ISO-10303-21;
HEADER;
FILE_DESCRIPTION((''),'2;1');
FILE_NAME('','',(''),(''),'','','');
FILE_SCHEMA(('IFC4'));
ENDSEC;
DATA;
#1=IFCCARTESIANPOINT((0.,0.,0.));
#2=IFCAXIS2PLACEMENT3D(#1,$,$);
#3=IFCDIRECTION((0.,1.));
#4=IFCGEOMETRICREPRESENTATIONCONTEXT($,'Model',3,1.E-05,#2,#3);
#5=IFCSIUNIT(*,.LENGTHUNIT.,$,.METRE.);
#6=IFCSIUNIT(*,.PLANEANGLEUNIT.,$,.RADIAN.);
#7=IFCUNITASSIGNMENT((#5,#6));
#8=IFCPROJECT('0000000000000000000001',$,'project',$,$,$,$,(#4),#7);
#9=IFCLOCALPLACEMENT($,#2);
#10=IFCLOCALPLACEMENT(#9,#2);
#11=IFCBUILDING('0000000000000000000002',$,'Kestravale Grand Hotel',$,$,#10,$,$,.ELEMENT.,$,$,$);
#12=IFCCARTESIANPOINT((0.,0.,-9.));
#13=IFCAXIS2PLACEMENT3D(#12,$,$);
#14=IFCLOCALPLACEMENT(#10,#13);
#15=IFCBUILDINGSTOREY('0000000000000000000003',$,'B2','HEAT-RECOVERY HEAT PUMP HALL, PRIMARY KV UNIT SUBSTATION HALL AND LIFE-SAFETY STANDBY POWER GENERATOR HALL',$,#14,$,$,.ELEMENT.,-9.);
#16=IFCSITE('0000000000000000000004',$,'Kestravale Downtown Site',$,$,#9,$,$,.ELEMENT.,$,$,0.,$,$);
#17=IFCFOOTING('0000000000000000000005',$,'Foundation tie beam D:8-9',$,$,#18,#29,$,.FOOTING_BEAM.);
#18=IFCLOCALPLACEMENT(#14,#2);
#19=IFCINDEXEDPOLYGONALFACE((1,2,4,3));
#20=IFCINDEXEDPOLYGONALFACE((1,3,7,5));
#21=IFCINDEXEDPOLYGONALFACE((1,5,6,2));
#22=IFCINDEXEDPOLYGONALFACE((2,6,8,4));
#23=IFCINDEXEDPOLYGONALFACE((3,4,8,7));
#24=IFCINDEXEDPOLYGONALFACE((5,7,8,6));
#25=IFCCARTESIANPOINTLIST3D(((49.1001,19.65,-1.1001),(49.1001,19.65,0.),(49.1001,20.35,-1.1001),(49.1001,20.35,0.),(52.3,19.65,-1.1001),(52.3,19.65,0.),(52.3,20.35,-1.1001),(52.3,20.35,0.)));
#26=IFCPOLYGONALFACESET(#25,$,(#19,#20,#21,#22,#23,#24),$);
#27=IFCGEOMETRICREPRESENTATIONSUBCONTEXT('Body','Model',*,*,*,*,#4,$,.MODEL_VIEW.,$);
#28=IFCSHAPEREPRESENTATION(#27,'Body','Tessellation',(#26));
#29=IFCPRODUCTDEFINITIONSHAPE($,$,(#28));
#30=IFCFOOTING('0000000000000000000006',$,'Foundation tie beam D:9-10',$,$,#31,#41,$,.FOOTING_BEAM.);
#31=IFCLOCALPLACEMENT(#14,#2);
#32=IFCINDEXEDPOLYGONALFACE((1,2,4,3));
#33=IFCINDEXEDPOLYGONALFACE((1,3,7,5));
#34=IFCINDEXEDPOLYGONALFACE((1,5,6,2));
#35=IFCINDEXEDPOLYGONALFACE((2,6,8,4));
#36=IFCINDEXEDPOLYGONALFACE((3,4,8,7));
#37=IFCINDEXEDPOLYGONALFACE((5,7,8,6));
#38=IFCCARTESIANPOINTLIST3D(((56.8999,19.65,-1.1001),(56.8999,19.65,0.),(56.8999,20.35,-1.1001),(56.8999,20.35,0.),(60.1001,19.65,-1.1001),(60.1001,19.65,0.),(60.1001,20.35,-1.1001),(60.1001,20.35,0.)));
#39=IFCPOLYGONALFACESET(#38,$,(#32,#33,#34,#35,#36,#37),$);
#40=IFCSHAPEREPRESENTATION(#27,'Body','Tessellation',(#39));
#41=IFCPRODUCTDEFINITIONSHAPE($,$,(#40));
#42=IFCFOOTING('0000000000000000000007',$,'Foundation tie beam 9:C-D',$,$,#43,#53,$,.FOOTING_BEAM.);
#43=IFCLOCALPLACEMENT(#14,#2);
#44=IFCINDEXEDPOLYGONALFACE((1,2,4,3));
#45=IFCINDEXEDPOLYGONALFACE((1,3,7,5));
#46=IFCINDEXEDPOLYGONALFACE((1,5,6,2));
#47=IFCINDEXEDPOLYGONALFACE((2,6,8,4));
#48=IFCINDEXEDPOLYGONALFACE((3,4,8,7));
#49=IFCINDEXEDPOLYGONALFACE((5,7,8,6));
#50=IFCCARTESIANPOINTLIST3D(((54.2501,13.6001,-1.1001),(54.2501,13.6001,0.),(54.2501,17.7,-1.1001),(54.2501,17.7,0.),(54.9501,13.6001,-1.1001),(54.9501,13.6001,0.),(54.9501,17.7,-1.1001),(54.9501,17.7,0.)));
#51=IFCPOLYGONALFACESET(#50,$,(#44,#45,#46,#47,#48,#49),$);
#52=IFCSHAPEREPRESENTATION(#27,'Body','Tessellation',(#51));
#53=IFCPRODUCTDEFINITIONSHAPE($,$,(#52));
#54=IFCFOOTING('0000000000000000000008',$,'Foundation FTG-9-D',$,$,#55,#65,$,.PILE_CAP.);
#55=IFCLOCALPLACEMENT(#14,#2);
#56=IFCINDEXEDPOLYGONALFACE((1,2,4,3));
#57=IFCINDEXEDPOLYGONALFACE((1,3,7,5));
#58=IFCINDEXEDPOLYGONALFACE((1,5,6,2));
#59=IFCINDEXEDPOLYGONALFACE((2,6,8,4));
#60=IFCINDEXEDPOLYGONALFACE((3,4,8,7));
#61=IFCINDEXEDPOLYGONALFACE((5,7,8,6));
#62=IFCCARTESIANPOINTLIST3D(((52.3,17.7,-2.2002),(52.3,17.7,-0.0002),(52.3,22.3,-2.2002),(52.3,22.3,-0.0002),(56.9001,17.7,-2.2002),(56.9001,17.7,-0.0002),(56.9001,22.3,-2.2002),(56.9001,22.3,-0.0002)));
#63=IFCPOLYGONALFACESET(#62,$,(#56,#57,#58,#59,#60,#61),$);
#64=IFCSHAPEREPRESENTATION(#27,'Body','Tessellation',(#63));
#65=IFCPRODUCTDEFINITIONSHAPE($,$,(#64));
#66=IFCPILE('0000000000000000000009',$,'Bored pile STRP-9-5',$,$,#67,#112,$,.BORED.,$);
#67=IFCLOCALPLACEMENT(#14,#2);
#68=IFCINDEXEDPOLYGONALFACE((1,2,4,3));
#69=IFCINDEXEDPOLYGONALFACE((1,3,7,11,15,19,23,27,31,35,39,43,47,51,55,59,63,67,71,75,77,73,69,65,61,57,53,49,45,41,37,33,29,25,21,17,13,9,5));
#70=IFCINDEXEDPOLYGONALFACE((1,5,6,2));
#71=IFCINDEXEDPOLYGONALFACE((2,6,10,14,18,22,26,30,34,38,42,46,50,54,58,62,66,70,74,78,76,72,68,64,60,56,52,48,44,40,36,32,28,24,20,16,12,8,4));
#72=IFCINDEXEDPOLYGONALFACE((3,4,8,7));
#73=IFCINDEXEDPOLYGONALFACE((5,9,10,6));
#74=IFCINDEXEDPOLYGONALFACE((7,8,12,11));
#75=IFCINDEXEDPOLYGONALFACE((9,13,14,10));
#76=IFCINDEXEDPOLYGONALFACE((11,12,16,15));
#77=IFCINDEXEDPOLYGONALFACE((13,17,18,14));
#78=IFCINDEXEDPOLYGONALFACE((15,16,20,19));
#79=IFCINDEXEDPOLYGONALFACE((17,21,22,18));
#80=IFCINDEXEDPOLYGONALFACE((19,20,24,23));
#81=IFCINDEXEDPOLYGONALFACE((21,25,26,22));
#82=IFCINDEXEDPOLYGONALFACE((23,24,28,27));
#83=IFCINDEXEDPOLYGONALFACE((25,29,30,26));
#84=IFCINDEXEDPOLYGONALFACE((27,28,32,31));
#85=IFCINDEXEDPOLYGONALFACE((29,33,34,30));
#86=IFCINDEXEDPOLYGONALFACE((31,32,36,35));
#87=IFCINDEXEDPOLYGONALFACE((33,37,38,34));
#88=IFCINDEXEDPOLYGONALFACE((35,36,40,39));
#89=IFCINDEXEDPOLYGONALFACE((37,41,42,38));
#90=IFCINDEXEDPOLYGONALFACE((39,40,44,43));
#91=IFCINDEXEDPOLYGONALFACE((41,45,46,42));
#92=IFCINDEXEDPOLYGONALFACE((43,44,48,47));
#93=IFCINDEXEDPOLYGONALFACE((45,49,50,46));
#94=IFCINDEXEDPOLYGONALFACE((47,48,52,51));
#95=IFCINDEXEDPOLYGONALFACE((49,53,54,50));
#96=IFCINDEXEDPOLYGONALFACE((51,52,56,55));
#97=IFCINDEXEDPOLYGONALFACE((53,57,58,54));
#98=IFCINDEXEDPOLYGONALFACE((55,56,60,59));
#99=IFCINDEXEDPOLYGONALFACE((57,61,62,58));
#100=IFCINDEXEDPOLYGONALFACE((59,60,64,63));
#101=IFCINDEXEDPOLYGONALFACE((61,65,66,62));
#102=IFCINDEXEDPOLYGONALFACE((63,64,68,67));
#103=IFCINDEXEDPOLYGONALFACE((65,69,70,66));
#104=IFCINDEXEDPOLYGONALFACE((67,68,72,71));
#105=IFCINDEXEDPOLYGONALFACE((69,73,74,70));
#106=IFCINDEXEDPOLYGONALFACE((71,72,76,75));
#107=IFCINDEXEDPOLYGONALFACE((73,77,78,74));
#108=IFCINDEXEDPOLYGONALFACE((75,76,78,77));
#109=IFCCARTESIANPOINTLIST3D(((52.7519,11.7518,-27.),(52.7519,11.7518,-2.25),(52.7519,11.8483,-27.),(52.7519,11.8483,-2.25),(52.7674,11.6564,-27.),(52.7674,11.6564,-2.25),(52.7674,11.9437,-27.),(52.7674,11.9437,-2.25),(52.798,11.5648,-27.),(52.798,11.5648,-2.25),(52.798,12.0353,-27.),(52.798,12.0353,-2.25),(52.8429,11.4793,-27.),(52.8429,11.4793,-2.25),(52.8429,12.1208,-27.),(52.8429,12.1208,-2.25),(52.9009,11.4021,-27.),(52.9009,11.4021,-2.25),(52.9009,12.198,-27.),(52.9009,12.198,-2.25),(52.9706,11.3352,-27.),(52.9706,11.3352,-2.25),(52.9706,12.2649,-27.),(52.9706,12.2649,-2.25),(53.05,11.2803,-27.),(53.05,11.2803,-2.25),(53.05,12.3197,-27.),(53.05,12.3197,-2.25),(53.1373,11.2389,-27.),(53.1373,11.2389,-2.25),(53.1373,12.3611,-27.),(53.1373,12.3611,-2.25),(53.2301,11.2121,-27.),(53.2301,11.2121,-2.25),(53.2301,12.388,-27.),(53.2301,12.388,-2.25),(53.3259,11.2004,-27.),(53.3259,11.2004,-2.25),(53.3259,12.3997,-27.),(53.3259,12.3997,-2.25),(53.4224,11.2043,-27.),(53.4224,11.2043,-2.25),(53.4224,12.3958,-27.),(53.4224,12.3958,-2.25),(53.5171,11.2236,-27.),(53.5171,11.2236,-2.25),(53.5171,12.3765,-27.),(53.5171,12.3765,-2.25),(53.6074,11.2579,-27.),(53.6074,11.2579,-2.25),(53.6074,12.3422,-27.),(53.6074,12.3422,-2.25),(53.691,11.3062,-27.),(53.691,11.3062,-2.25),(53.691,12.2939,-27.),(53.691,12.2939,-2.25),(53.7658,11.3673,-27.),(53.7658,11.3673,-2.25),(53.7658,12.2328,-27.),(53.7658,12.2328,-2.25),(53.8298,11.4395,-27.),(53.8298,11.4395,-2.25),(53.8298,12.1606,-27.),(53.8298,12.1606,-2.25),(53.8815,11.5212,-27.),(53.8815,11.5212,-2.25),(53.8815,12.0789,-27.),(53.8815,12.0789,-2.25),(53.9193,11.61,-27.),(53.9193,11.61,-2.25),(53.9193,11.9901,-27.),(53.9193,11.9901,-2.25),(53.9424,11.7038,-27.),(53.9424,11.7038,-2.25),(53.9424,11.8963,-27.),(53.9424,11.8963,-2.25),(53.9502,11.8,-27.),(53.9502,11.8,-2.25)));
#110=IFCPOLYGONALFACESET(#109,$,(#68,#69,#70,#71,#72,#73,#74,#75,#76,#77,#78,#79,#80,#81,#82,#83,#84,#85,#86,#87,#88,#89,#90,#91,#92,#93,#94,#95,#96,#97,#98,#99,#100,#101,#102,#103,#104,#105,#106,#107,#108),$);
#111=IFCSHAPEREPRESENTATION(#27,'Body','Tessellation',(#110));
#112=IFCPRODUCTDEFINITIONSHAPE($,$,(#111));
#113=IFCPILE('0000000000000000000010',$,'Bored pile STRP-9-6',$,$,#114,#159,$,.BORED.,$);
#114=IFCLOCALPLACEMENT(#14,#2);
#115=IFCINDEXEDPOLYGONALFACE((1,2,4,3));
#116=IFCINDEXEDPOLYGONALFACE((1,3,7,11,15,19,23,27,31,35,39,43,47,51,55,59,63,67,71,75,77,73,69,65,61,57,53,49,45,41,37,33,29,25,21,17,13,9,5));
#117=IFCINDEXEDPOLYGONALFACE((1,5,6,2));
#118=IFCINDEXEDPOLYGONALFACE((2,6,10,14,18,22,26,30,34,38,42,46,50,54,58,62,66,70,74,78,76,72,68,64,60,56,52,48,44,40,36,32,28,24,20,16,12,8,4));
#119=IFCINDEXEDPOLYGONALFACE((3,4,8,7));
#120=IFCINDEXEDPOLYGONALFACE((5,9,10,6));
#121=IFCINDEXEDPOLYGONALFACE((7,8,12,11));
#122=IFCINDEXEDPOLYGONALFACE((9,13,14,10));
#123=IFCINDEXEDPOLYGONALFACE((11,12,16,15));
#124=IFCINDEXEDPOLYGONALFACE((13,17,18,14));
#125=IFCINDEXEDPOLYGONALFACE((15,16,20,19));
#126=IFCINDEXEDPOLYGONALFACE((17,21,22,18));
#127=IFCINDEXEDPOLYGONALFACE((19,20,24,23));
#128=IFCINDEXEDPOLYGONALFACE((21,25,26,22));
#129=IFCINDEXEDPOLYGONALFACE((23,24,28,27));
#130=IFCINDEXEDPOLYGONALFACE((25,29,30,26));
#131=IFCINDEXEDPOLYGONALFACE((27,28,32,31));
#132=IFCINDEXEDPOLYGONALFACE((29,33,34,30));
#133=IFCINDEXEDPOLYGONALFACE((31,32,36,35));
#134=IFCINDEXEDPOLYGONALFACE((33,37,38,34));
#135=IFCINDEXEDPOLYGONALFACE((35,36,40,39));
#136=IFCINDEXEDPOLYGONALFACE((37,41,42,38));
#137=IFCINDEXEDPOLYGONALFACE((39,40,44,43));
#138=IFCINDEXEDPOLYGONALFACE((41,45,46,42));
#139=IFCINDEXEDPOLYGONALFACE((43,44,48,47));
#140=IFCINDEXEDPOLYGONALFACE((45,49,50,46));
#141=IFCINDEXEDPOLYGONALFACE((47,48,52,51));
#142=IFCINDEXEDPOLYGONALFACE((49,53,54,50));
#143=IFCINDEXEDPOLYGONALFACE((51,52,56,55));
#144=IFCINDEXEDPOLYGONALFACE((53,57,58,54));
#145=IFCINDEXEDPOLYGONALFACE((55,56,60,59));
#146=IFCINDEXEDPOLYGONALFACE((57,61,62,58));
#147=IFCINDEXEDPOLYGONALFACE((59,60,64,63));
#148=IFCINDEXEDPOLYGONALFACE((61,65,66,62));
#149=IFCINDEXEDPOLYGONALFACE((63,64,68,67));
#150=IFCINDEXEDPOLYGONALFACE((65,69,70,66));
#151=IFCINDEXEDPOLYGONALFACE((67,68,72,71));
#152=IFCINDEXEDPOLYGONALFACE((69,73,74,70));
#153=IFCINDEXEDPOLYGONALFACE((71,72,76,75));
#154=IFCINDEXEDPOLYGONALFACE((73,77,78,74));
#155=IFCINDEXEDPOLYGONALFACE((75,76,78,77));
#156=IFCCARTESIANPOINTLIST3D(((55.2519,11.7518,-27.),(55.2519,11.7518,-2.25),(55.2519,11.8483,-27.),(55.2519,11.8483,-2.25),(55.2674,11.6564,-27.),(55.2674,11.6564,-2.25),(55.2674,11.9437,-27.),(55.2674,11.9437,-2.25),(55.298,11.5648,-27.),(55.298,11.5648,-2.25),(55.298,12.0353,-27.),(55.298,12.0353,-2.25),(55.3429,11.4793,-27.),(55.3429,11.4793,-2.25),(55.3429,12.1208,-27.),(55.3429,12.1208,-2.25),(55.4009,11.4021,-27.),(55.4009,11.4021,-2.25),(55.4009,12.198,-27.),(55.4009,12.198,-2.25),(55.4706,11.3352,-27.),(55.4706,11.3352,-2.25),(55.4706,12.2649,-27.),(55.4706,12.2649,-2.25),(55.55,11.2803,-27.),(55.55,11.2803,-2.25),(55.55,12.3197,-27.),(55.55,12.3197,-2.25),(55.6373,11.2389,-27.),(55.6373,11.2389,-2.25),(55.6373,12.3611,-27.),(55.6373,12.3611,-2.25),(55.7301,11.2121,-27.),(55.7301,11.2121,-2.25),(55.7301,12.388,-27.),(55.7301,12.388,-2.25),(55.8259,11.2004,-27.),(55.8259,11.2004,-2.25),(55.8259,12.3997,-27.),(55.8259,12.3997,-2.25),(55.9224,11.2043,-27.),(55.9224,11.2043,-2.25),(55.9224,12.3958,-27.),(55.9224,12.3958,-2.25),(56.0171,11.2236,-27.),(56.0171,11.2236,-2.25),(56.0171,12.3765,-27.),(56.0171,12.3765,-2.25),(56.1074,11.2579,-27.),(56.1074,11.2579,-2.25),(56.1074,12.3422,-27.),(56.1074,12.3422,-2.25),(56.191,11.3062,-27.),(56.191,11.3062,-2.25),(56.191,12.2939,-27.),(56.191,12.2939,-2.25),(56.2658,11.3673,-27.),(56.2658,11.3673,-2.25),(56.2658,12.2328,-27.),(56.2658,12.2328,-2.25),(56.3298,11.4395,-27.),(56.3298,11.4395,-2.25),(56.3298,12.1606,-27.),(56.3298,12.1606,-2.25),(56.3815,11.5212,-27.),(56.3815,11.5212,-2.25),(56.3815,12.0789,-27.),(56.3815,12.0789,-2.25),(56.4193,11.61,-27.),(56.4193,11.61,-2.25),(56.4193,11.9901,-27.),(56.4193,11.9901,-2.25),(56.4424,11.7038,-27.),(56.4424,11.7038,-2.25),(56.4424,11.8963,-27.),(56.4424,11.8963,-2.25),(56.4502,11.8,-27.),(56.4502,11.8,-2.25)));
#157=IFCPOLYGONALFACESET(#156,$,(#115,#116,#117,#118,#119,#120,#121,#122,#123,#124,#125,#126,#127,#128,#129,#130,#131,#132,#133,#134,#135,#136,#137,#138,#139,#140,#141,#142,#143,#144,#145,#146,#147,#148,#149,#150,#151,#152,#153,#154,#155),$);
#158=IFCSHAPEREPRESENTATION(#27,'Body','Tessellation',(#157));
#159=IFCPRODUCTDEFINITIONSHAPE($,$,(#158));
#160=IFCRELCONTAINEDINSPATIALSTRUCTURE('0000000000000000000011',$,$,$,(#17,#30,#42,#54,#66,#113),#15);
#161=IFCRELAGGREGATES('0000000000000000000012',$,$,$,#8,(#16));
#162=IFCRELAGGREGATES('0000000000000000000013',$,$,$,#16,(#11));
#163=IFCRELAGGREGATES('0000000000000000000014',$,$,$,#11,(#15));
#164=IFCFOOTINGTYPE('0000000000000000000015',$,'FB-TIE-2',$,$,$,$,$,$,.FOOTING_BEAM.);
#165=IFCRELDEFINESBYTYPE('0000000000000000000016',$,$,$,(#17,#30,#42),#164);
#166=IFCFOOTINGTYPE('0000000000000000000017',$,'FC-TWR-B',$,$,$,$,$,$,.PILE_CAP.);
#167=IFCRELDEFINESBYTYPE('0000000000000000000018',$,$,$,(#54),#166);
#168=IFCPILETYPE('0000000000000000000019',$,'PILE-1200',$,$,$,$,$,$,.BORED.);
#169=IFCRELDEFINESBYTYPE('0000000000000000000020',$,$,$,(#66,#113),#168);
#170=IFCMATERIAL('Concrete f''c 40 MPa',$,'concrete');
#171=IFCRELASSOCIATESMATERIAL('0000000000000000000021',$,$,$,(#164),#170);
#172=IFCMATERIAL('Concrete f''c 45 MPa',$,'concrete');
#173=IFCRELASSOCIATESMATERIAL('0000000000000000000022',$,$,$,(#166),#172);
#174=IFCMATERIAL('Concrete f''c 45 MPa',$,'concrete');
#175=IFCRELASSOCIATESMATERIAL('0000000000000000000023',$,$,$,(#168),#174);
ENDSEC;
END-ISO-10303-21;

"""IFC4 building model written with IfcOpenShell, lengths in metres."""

from ifc_helpers import new_model, si_unit, direction, frame, origin, origin_2d, place, context, subcontext, project, spatial, rectangle, circle, extrude, material, material_profile, profile_set, type_object, element, save


model = new_model("IFC4")

# Units and contexts
model_context = context("Model", 3, precision=1e-05, world=origin(), true_north=direction((0.0, 1.0)))
body_context = subcontext(model_context, "Body", "Model", "MODEL_VIEW")
ifc_project = project(units=[si_unit("LENGTHUNIT", "METRE"), si_unit("PLANEANGLEUNIT", "RADIAN")], contexts=[model_context])

# Site, building, storey
site_placement = place(None, origin())
site = spatial("IfcSite", under=ifc_project, at=site_placement, Name="Kestravale Downtown Site", CompositionType="ELEMENT", RefElevation=0.0)
building_placement = place(site_placement, origin())
building = spatial("IfcBuilding", under=site, at=building_placement, Name="Kestravale Grand Hotel", CompositionType="ELEMENT")
storey_placement = place(building_placement, frame((0.0, 0.0, -9.0)))
storey = spatial("IfcBuildingStorey", under=building, at=storey_placement, Name="B2", Description="HEAT-RECOVERY HEAT PUMP HALL, PRIMARY KV UNIT SUBSTATION HALL AND LIFE-SAFETY STANDBY POWER GENERATOR HALL", CompositionType="ELEMENT", Elevation=-9.0)

# Footings
ifc_material_1 = material(Name="Concrete f'c 40 MPa", Category="concrete")
ifc_material_profile_1 = material_profile(ifc_material_1, rectangle(XDim=0.7, YDim=1.1001, at=origin_2d()))
ifc_profile_set_1 = profile_set([ifc_material_profile_1], Name="Concrete f'c 40 MPa")
footing_type_1 = type_object("IfcFootingType", Name="FB-TIE-2", PredefinedType="FOOTING_BEAM", material=ifc_profile_set_1)
footing_1_placement = place(storey_placement, frame((49.1001, 20.0, -0.55), z_axis=(1.0, 0.0, 0.0), x_axis=(0.0, 1.0, 0.0)))
element("IfcFooting", 1, at=footing_1_placement, inside=storey, type_object=footing_type_1, Name="Foundation tie beam D:8-9", PredefinedType="FOOTING_BEAM", context=body_context, shape_type="SweptSolid", body=[
    extrude(rectangle(XDim=0.7, YDim=1.1001, at=origin_2d()), origin(), (0.0, 0.0, 1.0), 3.2),
])
footing_2_placement = place(storey_placement, frame((56.8999, 20.0, -0.55), z_axis=(1.0, 0.0, 0.0), x_axis=(0.0, 1.0, 0.0)))
element("IfcFooting", 2, at=footing_2_placement, inside=storey, type_object=footing_type_1, Name="Foundation tie beam D:9-10", PredefinedType="FOOTING_BEAM", context=body_context, shape_type="SweptSolid", body=[
    extrude(rectangle(XDim=0.7, YDim=1.1001, at=origin_2d()), origin(), (0.0, 0.0, 1.0), 3.2002),
])
footing_3_placement = place(storey_placement, frame((54.6001, 13.6001, -0.55), z_axis=(0.0, 1.0, 0.0), x_axis=(-1.0, 0.0, 0.0)))
element("IfcFooting", 3, at=footing_3_placement, inside=storey, type_object=footing_type_1, Name="Foundation tie beam 9:C-D", PredefinedType="FOOTING_BEAM", context=body_context, shape_type="SweptSolid", body=[
    extrude(rectangle(XDim=0.7, YDim=1.1001, at=origin_2d()), origin(), (0.0, 0.0, 1.0), 4.0999),
])
ifc_material_2 = material(Name="Concrete f'c 45 MPa", Category="concrete")
footing_type_2 = type_object("IfcFootingType", Name="FC-TWR-B", PredefinedType="PILE_CAP", material=ifc_material_2)
footing_4_placement = place(storey_placement, frame((54.6001, 20.0, -2.2002), z_axis=(0.0, 0.0, 1.0), x_axis=(1.0, 0.0, 0.0)))
element("IfcFooting", 4, at=footing_4_placement, inside=storey, type_object=footing_type_2, Name="Foundation FTG-9-D", PredefinedType="PILE_CAP", context=body_context, shape_type="SweptSolid", body=[
    extrude(rectangle(XDim=4.6001, YDim=4.6001, at=origin_2d()), origin(), (0.0, 0.0, 1.0), 2.2),
])

# Piles
ifc_material_3 = material(Name="Concrete f'c 45 MPa", Category="concrete")
ifc_material_profile_2 = material_profile(ifc_material_3, circle(Radius=0.6001, at=origin_2d()))
ifc_profile_set_2 = profile_set([ifc_material_profile_2], Name="Concrete f'c 45 MPa")
pile_type_1 = type_object("IfcPileType", Name="PILE-1200", PredefinedType="BORED", material=ifc_profile_set_2)
for number, where, z_axis, x_axis, name in (
    (5, (53.3501, 11.8, -2.25), (0.0, 0.0, -1.0), (1.0, 0.0, 0.0), "Bored pile STRP-9-5"),
    (6, (55.8501, 11.8, -2.25), (0.0, 0.0, -1.0), (1.0, 0.0, 0.0), "Bored pile STRP-9-6"),
):
    element("IfcPile", number, at=place(storey_placement, frame(where, z_axis=z_axis, x_axis=x_axis)), inside=storey, type_object=pile_type_1, Name=name, PredefinedType="BORED", context=body_context, shape_type="SweptSolid", body=[
        extrude(circle(Radius=0.6001, at=origin_2d()), origin(), (0.0, 0.0, 1.0), 24.75),
    ])

save(model, "model.ifc")
